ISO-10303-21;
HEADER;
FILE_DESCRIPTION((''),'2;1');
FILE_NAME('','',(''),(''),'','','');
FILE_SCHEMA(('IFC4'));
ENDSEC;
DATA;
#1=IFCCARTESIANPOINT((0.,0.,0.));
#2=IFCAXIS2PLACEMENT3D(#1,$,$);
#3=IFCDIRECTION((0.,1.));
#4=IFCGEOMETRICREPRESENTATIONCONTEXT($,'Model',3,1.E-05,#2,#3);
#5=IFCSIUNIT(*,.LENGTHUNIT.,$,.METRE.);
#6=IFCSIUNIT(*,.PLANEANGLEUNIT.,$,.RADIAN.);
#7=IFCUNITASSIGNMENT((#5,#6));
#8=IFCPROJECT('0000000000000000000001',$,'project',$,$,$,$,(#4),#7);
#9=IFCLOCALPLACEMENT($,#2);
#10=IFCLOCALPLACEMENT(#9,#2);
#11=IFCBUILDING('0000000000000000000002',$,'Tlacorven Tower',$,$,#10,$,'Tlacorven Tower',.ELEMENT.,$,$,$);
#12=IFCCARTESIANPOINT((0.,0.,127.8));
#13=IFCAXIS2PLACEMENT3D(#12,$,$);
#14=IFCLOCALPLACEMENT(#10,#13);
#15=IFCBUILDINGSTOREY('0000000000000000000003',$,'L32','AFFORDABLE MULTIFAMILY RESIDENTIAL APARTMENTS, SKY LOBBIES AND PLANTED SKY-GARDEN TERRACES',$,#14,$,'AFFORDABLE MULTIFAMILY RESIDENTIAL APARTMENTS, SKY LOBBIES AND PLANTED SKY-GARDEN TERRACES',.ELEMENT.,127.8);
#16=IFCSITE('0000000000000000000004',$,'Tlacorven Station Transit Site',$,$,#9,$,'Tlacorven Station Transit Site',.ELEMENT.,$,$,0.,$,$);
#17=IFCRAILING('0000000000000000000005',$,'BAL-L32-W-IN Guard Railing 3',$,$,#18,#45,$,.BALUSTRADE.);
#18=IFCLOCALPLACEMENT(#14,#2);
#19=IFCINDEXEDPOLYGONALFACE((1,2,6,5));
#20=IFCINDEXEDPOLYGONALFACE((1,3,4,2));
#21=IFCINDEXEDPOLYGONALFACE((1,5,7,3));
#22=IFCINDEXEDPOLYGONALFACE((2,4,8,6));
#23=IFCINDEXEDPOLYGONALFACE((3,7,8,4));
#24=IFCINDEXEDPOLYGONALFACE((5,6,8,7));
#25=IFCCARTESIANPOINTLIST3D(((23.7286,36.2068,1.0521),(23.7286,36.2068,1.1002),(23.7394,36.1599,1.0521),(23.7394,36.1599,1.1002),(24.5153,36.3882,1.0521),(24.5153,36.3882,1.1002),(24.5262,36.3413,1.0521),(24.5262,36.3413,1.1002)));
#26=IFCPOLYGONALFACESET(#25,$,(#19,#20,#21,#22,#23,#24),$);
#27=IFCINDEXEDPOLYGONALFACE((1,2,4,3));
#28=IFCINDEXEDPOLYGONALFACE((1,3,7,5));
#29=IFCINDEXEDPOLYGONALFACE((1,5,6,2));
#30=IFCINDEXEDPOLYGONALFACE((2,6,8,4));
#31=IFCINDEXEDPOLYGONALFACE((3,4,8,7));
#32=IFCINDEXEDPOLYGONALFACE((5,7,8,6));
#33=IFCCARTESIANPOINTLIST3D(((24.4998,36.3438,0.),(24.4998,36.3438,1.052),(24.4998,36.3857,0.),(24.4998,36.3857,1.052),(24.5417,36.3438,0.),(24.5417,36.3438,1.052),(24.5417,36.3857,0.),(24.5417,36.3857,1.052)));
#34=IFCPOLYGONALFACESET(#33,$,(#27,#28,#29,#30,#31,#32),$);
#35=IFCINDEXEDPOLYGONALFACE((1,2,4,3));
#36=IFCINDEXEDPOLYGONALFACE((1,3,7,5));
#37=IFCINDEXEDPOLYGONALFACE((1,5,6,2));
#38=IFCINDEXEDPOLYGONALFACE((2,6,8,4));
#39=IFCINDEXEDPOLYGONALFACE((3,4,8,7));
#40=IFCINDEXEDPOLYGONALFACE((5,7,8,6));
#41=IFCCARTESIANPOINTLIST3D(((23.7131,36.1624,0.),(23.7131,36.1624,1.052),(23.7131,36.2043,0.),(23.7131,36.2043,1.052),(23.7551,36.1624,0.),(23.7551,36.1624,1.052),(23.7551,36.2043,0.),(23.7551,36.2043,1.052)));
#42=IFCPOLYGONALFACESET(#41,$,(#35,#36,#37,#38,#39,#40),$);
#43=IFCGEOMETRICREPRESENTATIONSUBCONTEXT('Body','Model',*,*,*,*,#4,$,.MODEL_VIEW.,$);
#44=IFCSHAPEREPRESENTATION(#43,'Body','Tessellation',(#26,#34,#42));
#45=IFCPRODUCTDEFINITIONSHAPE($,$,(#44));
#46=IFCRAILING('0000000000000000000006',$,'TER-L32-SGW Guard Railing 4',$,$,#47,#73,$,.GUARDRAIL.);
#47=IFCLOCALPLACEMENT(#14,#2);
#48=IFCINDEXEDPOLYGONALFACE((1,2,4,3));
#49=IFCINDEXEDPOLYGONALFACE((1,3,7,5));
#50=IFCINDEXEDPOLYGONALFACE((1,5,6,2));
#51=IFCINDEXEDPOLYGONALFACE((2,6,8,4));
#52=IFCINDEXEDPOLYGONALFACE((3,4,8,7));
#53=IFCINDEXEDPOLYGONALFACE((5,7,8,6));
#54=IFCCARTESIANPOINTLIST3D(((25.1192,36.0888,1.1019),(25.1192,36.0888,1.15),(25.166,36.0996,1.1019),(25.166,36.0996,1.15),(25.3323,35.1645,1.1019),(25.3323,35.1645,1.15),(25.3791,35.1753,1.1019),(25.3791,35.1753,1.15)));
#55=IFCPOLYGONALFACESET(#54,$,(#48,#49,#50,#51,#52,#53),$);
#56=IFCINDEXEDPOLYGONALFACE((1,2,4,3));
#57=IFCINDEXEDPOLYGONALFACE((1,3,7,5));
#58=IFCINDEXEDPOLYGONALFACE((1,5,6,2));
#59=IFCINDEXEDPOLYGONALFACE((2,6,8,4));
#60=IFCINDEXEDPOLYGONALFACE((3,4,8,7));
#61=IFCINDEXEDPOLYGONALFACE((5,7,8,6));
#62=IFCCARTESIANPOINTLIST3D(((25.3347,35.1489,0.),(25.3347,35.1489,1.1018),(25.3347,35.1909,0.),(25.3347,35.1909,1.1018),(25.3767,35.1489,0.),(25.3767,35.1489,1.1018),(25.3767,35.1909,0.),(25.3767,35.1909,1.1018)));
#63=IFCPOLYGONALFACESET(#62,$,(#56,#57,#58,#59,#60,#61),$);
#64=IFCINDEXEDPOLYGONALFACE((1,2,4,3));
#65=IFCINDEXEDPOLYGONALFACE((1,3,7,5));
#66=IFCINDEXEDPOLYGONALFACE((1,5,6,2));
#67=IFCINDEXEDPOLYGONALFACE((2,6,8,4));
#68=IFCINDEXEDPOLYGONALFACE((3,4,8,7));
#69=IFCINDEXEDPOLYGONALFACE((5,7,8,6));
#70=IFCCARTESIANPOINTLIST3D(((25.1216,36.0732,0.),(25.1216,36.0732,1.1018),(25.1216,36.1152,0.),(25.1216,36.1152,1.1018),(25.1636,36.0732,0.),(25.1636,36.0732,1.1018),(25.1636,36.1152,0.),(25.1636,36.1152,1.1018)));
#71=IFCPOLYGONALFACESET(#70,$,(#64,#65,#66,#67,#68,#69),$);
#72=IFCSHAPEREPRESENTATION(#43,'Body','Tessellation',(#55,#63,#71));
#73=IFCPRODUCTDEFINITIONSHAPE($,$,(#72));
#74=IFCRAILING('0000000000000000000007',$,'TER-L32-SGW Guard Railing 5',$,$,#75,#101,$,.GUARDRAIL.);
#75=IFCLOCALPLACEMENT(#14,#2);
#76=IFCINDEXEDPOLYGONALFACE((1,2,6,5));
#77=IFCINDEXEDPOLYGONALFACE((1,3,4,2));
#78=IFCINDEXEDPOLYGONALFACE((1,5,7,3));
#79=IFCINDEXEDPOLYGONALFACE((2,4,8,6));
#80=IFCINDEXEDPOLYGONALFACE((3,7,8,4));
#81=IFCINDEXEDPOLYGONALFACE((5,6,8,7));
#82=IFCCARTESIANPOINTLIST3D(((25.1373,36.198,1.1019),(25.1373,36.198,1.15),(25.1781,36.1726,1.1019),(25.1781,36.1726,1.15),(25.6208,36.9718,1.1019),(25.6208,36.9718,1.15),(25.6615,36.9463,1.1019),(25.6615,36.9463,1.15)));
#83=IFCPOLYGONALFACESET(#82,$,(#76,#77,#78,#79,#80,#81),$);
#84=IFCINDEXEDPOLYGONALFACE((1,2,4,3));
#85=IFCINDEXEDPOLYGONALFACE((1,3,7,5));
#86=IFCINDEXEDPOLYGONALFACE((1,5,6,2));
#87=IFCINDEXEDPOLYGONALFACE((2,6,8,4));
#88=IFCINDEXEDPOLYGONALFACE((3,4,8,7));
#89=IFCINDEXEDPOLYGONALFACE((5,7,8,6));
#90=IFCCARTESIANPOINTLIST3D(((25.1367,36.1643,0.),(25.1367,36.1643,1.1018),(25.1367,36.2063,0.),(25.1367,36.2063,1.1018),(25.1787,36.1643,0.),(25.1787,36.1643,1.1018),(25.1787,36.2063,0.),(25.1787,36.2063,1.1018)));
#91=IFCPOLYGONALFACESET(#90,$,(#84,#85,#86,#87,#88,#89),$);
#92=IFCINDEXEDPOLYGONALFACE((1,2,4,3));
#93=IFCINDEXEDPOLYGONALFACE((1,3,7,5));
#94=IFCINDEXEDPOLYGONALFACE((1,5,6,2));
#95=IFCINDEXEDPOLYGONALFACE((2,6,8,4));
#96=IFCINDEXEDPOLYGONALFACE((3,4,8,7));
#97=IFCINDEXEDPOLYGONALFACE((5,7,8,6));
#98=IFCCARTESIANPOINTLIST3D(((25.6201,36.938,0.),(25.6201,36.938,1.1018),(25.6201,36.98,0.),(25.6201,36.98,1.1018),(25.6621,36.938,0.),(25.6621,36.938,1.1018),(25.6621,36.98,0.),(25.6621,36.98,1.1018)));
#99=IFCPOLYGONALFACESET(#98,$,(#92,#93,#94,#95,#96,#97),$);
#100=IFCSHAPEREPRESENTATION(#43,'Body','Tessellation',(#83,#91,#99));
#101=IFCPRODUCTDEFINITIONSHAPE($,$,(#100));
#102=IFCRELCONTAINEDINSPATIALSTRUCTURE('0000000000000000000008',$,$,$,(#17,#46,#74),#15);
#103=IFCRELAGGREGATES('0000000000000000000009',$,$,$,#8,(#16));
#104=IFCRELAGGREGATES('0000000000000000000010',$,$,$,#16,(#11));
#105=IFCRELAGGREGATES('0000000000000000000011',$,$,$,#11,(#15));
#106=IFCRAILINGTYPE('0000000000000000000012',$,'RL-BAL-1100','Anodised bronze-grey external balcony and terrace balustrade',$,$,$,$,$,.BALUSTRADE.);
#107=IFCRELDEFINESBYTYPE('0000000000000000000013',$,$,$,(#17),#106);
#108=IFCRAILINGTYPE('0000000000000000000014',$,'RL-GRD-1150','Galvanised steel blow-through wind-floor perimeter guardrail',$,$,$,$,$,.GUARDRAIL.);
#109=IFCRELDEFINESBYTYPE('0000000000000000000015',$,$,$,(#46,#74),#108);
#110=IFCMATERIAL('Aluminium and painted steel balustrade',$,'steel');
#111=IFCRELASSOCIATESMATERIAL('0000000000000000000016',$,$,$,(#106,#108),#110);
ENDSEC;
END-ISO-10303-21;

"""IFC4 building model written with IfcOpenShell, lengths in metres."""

from ifc_helpers import new_model, si_unit, direction, frame, origin, origin_2d, place, context, subcontext, project, spatial, rectangle, extrude, source, transform, mapped, material, type_object, element, save


model = new_model("IFC4")

# Units and contexts
model_context = context("Model", 3, precision=1e-05, world=origin(), true_north=direction((0.0, 1.0)))
body_context = subcontext(model_context, "Body", "Model", "MODEL_VIEW")
ifc_project = project(units=[si_unit("LENGTHUNIT", "METRE"), si_unit("PLANEANGLEUNIT", "RADIAN")], contexts=[model_context])

# Site, building, storey
site_placement = place(None, origin())
site = spatial("IfcSite", under=ifc_project, at=site_placement, Name="Tlacorven Station Transit Site", LongName="Tlacorven Station Transit Site", CompositionType="ELEMENT", RefElevation=0.0)
building_placement = place(site_placement, origin())
building = spatial("IfcBuilding", under=site, at=building_placement, Name="Tlacorven Tower", LongName="Tlacorven Tower", CompositionType="ELEMENT")
storey_placement = place(building_placement, frame((0.0, 0.0, 127.8)))
storey = spatial("IfcBuildingStorey", under=building, at=storey_placement, Name="L32", Description="AFFORDABLE MULTIFAMILY RESIDENTIAL APARTMENTS, SKY LOBBIES AND PLANTED SKY-GARDEN TERRACES", LongName="AFFORDABLE MULTIFAMILY RESIDENTIAL APARTMENTS, SKY LOBBIES AND PLANTED SKY-GARDEN TERRACES", CompositionType="ELEMENT", Elevation=127.8)

# Shared definitions
ifc_material_1 = material(Name="Aluminium and painted steel balustrade", Category="steel")
railing_type_1 = type_object("IfcRailingType", Name="RL-BAL-1100", Description="Anodised bronze-grey external balcony and terrace balustrade", PredefinedType="BALUSTRADE", material=ifc_material_1)

# Railings
railing_type_2 = type_object("IfcRailingType", Name="RL-GRD-1150", Description="Galvanised steel blow-through wind-floor perimeter guardrail", PredefinedType="GUARDRAIL", material=ifc_material_1)
shared_shape_1 = source(origin(), body_context, "Body", "SweptSolid", [
    extrude(rectangle(XDim=0.0481, YDim=0.0481, at=origin_2d()), frame((0.0, 0.0, 1.0762), z_axis=(-0.974427, -0.224705, 0.0), x_axis=(0.224705, -0.974427, 0.0)), (0.0, 0.0, 1.0), 0.8074),
    extrude(rectangle(XDim=0.042, YDim=0.042, at=origin_2d()), origin(), (0.0, 0.0, 1.0), 1.052),
    extrude(rectangle(XDim=0.042, YDim=0.042, at=origin_2d()), frame((-0.7866, -0.1814, 0.0)), (0.0, 0.0, 1.0), 1.052),
])
railing_1_placement = place(storey_placement, frame((24.5208, 36.3647, 0.0)))
element("IfcRailing", 1, at=railing_1_placement, inside=storey, type_object=railing_type_1, Name="BAL-L32-W-IN Guard Railing 3", PredefinedType="BALUSTRADE", context=body_context, shape_type="MappedRepresentation", body=[
    mapped(shared_shape_1, transform((0.0, 0.0, 0.0), scale=1.0)),
])
shared_shape_2 = source(origin(), body_context, "Body", "SweptSolid", [
    extrude(rectangle(XDim=0.0481, YDim=0.0481, at=origin_2d()), frame((0.0, 0.0, 1.126), z_axis=(-0.22469, 0.97443, 0.0), x_axis=(-0.97443, -0.22469, 0.0)), (0.0, 0.0, 1.0), 0.9485),
    extrude(rectangle(XDim=0.042, YDim=0.042, at=origin_2d()), origin(), (0.0, 0.0, 1.0), 1.1018),
    extrude(rectangle(XDim=0.042, YDim=0.042, at=origin_2d()), frame((-0.2131, 0.9243, 0.0)), (0.0, 0.0, 1.0), 1.1018),
])
railing_2_placement = place(storey_placement, frame((25.3557, 35.1699, 0.0)))
element("IfcRailing", 2, at=railing_2_placement, inside=storey, type_object=railing_type_2, Name="TER-L32-SGW Guard Railing 4", PredefinedType="GUARDRAIL", context=body_context, shape_type="MappedRepresentation", body=[
    mapped(shared_shape_2, transform((0.0, 0.0, 0.0), scale=1.0)),
])
shared_shape_3 = source(origin(), body_context, "Body", "SweptSolid", [
    extrude(rectangle(XDim=0.0481, YDim=0.0481, at=origin_2d()), frame((0.0, 0.0, 1.126), z_axis=(0.529879, 0.848073, 0.0), x_axis=(-0.848073, 0.529879, 0.0)), (0.0, 0.0, 1.0), 0.9124),
    extrude(rectangle(XDim=0.042, YDim=0.042, at=origin_2d()), origin(), (0.0, 0.0, 1.0), 1.1018),
    extrude(rectangle(XDim=0.042, YDim=0.042, at=origin_2d()), frame((0.4834, 0.7737, 0.0)), (0.0, 0.0, 1.0), 1.1018),
])
railing_3_placement = place(storey_placement, frame((25.1577, 36.1853, 0.0)))
element("IfcRailing", 3, at=railing_3_placement, inside=storey, type_object=railing_type_2, Name="TER-L32-SGW Guard Railing 5", PredefinedType="GUARDRAIL", context=body_context, shape_type="MappedRepresentation", body=[
    mapped(shared_shape_3, transform((0.0, 0.0, 0.0), scale=1.0)),
])

save(model, "model.ifc")
